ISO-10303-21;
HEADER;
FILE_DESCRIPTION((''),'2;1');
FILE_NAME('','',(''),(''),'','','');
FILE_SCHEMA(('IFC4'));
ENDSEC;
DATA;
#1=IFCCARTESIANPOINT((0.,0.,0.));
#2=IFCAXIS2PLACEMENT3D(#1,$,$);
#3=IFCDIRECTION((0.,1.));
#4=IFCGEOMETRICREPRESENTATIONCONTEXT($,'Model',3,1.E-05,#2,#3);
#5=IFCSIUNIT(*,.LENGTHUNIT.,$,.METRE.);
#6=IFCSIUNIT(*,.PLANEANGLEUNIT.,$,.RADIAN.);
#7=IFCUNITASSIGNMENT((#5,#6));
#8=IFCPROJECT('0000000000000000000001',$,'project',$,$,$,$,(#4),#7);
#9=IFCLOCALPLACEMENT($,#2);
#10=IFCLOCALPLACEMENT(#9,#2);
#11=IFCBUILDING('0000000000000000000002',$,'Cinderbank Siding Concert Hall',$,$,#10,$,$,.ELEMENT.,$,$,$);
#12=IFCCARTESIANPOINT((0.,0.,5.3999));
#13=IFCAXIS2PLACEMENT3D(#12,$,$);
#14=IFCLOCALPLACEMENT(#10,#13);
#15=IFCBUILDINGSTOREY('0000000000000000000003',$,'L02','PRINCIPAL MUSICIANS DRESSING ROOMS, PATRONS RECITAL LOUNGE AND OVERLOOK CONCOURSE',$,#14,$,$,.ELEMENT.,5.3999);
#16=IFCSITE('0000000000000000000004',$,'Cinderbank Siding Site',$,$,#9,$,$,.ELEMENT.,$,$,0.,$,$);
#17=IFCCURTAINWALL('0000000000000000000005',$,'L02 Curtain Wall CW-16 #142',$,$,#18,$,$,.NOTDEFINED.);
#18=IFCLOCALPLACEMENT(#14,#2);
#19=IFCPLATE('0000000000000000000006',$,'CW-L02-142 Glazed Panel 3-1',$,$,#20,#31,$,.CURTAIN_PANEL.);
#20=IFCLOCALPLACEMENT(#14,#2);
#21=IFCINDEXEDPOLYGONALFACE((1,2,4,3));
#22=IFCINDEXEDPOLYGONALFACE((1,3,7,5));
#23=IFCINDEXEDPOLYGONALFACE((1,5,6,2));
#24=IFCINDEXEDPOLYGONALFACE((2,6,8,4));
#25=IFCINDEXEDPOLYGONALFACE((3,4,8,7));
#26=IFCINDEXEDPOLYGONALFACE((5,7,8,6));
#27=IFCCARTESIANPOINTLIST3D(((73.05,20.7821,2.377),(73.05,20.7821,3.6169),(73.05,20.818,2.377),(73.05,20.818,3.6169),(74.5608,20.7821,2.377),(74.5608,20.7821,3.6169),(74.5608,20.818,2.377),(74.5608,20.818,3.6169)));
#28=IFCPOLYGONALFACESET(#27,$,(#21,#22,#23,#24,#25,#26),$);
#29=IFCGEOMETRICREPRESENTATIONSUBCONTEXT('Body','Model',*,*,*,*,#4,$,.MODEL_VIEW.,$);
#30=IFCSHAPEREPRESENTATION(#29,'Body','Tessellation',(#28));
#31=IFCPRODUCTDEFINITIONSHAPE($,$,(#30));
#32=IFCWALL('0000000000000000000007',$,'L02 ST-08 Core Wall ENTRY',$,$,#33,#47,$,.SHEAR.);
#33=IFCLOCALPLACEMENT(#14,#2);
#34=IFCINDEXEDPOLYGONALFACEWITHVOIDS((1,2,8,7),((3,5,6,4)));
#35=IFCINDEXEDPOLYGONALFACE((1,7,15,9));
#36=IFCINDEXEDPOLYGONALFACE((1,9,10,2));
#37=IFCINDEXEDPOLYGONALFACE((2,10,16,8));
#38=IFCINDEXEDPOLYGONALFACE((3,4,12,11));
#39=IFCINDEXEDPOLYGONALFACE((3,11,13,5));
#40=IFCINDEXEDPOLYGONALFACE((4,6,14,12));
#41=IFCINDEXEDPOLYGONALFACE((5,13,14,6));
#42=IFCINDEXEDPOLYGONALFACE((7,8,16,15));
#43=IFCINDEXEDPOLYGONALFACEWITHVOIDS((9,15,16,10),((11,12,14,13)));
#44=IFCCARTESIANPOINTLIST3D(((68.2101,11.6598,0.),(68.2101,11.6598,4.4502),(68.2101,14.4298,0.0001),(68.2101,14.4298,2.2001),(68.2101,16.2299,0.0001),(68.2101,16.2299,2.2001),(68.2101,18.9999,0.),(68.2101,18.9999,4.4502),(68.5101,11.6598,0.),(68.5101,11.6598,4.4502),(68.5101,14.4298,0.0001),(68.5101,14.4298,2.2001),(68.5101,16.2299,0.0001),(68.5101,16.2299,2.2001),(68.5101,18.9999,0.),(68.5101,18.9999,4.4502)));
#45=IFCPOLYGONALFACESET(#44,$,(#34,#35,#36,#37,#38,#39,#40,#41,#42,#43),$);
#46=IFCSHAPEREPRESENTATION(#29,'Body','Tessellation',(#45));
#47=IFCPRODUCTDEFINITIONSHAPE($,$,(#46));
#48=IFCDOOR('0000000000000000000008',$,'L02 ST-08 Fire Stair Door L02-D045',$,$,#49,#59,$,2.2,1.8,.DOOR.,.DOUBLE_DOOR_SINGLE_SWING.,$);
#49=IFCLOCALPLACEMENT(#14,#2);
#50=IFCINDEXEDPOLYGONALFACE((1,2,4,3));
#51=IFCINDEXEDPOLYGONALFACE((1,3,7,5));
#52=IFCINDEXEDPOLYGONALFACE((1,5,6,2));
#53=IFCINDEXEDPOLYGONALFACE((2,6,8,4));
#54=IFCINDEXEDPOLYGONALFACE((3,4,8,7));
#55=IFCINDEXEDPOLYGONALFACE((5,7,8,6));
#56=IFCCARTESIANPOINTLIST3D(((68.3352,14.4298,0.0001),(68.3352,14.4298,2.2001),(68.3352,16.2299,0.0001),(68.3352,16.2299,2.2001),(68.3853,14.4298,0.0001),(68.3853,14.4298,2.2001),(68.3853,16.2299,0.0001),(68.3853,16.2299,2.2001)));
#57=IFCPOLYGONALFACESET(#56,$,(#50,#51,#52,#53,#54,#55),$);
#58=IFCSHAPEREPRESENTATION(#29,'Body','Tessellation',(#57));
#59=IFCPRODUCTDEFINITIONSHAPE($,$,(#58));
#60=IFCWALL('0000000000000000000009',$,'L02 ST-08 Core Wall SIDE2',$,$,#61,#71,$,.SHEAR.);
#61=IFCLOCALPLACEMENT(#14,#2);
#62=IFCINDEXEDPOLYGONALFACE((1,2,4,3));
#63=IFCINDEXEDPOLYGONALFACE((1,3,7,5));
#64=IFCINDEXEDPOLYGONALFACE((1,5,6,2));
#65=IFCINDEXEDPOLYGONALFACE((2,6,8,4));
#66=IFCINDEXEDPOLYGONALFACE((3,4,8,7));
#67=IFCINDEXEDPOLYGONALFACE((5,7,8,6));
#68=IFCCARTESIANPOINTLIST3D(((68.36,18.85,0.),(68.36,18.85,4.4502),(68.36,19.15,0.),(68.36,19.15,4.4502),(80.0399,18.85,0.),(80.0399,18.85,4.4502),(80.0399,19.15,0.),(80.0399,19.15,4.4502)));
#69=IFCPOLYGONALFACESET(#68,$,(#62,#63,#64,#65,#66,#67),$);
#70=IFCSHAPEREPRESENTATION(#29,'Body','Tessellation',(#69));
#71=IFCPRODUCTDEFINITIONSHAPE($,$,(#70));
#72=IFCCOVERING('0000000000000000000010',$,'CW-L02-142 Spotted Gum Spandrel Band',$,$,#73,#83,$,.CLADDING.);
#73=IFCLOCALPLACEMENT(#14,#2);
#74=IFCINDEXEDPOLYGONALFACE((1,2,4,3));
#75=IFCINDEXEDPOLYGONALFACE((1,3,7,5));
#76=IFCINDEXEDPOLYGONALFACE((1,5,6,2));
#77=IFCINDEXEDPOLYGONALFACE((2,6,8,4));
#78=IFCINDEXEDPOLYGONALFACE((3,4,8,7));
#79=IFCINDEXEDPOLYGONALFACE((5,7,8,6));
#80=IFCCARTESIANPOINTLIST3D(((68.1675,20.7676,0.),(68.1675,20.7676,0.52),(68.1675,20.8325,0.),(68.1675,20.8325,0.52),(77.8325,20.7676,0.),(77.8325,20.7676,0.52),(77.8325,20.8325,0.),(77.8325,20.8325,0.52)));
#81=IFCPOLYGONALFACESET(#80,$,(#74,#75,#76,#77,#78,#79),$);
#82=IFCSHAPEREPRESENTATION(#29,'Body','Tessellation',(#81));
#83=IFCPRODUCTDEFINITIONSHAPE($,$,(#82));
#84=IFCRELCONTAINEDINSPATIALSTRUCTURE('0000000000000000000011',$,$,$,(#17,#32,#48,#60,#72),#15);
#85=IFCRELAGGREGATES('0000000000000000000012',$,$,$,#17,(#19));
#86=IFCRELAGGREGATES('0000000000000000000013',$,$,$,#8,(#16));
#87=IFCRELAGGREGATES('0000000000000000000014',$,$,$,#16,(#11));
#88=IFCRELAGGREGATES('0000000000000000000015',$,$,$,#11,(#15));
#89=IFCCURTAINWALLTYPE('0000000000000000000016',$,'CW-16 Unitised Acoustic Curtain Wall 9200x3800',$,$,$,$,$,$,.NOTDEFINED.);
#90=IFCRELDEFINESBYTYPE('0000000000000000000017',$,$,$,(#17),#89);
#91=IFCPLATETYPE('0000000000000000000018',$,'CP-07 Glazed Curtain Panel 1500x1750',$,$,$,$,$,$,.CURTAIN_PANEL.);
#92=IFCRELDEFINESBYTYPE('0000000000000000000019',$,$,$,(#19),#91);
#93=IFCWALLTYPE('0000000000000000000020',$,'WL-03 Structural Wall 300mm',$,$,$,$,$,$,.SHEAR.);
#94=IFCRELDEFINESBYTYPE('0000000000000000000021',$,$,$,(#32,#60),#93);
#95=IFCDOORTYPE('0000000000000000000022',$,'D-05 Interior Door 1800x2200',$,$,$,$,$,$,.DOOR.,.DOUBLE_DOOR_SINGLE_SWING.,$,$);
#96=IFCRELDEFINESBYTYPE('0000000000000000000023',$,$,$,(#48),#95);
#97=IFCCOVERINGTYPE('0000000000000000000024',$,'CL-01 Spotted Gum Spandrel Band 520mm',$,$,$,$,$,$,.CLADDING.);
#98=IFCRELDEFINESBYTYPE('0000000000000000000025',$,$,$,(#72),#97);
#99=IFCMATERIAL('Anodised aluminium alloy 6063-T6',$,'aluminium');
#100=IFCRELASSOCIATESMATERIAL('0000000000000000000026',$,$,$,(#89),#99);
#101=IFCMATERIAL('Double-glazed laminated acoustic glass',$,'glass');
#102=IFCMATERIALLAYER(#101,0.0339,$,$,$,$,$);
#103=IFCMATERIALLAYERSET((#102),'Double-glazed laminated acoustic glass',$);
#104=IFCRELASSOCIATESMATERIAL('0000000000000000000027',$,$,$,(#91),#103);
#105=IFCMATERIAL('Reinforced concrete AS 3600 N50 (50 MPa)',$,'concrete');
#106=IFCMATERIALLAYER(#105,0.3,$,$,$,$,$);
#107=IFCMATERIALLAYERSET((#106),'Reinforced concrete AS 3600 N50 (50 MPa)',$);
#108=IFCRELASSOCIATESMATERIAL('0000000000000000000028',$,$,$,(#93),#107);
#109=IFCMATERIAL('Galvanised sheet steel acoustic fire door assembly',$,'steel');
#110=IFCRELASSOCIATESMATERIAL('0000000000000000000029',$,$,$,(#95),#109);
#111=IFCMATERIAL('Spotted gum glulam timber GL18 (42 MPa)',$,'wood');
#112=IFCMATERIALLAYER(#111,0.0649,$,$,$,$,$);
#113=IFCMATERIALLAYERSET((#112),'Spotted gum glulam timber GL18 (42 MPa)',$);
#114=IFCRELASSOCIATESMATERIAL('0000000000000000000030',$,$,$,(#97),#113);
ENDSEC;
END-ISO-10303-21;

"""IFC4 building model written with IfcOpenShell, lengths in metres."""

from ifc_helpers import new_model, si_unit, direction, frame, frame_2d, origin, origin_2d, place, context, subcontext, project, spatial, rectangle, extrude, material, layer, layer_set, type_object, element, fill, aggregate, save


model = new_model("IFC4")

# Units and contexts
model_context = context("Model", 3, precision=1e-05, world=origin(), true_north=direction((0.0, 1.0)))
body_context = subcontext(model_context, "Body", "Model", "MODEL_VIEW")
ifc_project = project(units=[si_unit("LENGTHUNIT", "METRE"), si_unit("PLANEANGLEUNIT", "RADIAN")], contexts=[model_context])

# Site, building, storey
site_placement = place(None, origin())
site = spatial("IfcSite", under=ifc_project, at=site_placement, Name="Cinderbank Siding Site", CompositionType="ELEMENT", RefElevation=0.0)
building_placement = place(site_placement, origin())
building = spatial("IfcBuilding", under=site, at=building_placement, Name="Cinderbank Siding Concert Hall", CompositionType="ELEMENT")
storey_placement = place(building_placement, frame((0.0, 0.0, 5.3999)))
storey = spatial("IfcBuildingStorey", under=building, at=storey_placement, Name="L02", Description="PRINCIPAL MUSICIANS DRESSING ROOMS, PATRONS RECITAL LOUNGE AND OVERLOOK CONCOURSE", CompositionType="ELEMENT", Elevation=5.3999)

# Curtain wall, plate
ifc_material_1 = material(Name="Anodised aluminium alloy 6063-T6", Category="aluminium")
curtain_wall_type = type_object("IfcCurtainWallType", Name="CW-16 Unitised Acoustic Curtain Wall 9200x3800", PredefinedType="NOTDEFINED", material=ifc_material_1)
curtain_wall_placement = place(storey_placement, origin())
curtain_wall = element("IfcCurtainWall", 1, at=curtain_wall_placement, inside=storey, type_object=curtain_wall_type, Name="L02 Curtain Wall CW-16 #142", PredefinedType="NOTDEFINED")
ifc_material_2 = material(Name="Double-glazed laminated acoustic glass", Category="glass")
ifc_layer_1 = layer(ifc_material_2, 0.0339)
ifc_layer_set_1 = layer_set([ifc_layer_1], Name="Double-glazed laminated acoustic glass")
plate_type = type_object("IfcPlateType", Name="CP-07 Glazed Curtain Panel 1500x1750", PredefinedType="CURTAIN_PANEL", material=ifc_layer_set_1)
plate_1_placement = place(storey_placement, frame((73.8054, 20.8, 2.377), z_axis=(0.0, 0.0, 1.0), x_axis=(1.0, 0.0, 0.0)))
plate_1 = element("IfcPlate", 2, at=plate_1_placement, type_object=plate_type, Name="CW-L02-142 Glazed Panel 3-1", PredefinedType="CURTAIN_PANEL", context=body_context, shape_type="SweptSolid", body=[
    extrude(rectangle(XDim=1.5107, YDim=0.0359, at=origin_2d()), origin(), (0.0, 0.0, 1.0), 1.24),
])
aggregate(curtain_wall, [plate_1])

# Wall, opening, door
ifc_material_3 = material(Name="Reinforced concrete AS 3600 N50 (50 MPa)", Category="concrete")
ifc_layer_2 = layer(ifc_material_3, 0.3)
ifc_layer_set_2 = layer_set([ifc_layer_2], Name="Reinforced concrete AS 3600 N50 (50 MPa)")
wall_type = type_object("IfcWallType", Name="WL-03 Structural Wall 300mm", PredefinedType="SHEAR", material=ifc_layer_set_2)
wall_1_placement = place(storey_placement, frame((68.3601, 11.6599, 0.0), z_axis=(0.0, 0.0, 1.0), x_axis=(0.0, 1.0, 0.0)))
wall_1 = element("IfcWall", 3, at=wall_1_placement, inside=storey, type_object=wall_type, Name="L02 ST-08 Core Wall ENTRY", PredefinedType="SHEAR", context=body_context, shape_type="SweptSolid", body=[
    extrude(rectangle(XDim=7.3401, YDim=0.3, at=frame_2d((3.6699, 0.0))), origin(), (0.0, 0.0, 1.0), 4.4502),
])
opening_placement = place(wall_1_placement, frame((2.77, 0.0, 0.0)))
opening = element("IfcOpeningElement", 4, at=opening_placement, cuts=wall_1, PredefinedType="OPENING", context=body_context, shape_type="SweptSolid", body=[
    extrude(rectangle(XDim=1.8, YDim=2.2, at=frame_2d((0.8999, 1.1001))), frame((0.0, 0.1621, 0.0), z_axis=(0.0, -1.0, 0.0), x_axis=(1.0, 0.0, 0.0)), (0.0, 0.0, 1.0), 0.324),
])
ifc_material_4 = material(Name="Galvanised sheet steel acoustic fire door assembly", Category="steel")
door_type = type_object("IfcDoorType", Name="D-05 Interior Door 1800x2200", OperationType="DOUBLE_DOOR_SINGLE_SWING", PredefinedType="DOOR", material=ifc_material_4)
door_placement = place(opening_placement, origin())
door = element("IfcDoor", 5, at=door_placement, inside=storey, type_object=door_type, Name="L02 ST-08 Fire Stair Door L02-D045", OperationType="DOUBLE_DOOR_SINGLE_SWING", OverallHeight=2.2, OverallWidth=1.8, PredefinedType="DOOR", context=body_context, shape_type="SweptSolid", body=[
    extrude(rectangle(XDim=1.8, YDim=2.2, at=frame_2d((0.8999, 1.1001))), frame((0.0, 0.0249, 0.0), z_axis=(0.0, -1.0, 0.0), x_axis=(1.0, 0.0, 0.0)), (0.0, 0.0, 1.0), 0.05),
])
fill(opening, door)

# Wall
wall_2_placement = place(storey_placement, frame((68.3601, 19.0, 0.0), z_axis=(0.0, 0.0, 1.0), x_axis=(1.0, 0.0, 0.0)))
element("IfcWall", 6, at=wall_2_placement, inside=storey, type_object=wall_type, Name="L02 ST-08 Core Wall SIDE2", PredefinedType="SHEAR", context=body_context, shape_type="SweptSolid", body=[
    extrude(rectangle(XDim=11.6799, YDim=0.3, at=frame_2d((5.8398, 0.0))), origin(), (0.0, 0.0, 1.0), 4.4502),
])

# Covering
ifc_material_5 = material(Name="Spotted gum glulam timber GL18 (42 MPa)", Category="wood")
ifc_layer_3 = layer(ifc_material_5, 0.0649)
ifc_layer_set_3 = layer_set([ifc_layer_3], Name="Spotted gum glulam timber GL18 (42 MPa)")
covering_type = type_object("IfcCoveringType", Name="CL-01 Spotted Gum Spandrel Band 520mm", PredefinedType="CLADDING", material=ifc_layer_set_3)
covering_placement = place(storey_placement, frame((73.0, 20.8, 0.0), z_axis=(0.0, 0.0, 1.0), x_axis=(1.0, 0.0, 0.0)))
element("IfcCovering", 7, at=covering_placement, inside=storey, type_object=covering_type, Name="CW-L02-142 Spotted Gum Spandrel Band", PredefinedType="CLADDING", context=body_context, shape_type="SweptSolid", body=[
    extrude(rectangle(XDim=9.665, YDim=0.0649, at=origin_2d()), origin(), (0.0, 0.0, 1.0), 0.52),
])

save(model, "model.ifc")
